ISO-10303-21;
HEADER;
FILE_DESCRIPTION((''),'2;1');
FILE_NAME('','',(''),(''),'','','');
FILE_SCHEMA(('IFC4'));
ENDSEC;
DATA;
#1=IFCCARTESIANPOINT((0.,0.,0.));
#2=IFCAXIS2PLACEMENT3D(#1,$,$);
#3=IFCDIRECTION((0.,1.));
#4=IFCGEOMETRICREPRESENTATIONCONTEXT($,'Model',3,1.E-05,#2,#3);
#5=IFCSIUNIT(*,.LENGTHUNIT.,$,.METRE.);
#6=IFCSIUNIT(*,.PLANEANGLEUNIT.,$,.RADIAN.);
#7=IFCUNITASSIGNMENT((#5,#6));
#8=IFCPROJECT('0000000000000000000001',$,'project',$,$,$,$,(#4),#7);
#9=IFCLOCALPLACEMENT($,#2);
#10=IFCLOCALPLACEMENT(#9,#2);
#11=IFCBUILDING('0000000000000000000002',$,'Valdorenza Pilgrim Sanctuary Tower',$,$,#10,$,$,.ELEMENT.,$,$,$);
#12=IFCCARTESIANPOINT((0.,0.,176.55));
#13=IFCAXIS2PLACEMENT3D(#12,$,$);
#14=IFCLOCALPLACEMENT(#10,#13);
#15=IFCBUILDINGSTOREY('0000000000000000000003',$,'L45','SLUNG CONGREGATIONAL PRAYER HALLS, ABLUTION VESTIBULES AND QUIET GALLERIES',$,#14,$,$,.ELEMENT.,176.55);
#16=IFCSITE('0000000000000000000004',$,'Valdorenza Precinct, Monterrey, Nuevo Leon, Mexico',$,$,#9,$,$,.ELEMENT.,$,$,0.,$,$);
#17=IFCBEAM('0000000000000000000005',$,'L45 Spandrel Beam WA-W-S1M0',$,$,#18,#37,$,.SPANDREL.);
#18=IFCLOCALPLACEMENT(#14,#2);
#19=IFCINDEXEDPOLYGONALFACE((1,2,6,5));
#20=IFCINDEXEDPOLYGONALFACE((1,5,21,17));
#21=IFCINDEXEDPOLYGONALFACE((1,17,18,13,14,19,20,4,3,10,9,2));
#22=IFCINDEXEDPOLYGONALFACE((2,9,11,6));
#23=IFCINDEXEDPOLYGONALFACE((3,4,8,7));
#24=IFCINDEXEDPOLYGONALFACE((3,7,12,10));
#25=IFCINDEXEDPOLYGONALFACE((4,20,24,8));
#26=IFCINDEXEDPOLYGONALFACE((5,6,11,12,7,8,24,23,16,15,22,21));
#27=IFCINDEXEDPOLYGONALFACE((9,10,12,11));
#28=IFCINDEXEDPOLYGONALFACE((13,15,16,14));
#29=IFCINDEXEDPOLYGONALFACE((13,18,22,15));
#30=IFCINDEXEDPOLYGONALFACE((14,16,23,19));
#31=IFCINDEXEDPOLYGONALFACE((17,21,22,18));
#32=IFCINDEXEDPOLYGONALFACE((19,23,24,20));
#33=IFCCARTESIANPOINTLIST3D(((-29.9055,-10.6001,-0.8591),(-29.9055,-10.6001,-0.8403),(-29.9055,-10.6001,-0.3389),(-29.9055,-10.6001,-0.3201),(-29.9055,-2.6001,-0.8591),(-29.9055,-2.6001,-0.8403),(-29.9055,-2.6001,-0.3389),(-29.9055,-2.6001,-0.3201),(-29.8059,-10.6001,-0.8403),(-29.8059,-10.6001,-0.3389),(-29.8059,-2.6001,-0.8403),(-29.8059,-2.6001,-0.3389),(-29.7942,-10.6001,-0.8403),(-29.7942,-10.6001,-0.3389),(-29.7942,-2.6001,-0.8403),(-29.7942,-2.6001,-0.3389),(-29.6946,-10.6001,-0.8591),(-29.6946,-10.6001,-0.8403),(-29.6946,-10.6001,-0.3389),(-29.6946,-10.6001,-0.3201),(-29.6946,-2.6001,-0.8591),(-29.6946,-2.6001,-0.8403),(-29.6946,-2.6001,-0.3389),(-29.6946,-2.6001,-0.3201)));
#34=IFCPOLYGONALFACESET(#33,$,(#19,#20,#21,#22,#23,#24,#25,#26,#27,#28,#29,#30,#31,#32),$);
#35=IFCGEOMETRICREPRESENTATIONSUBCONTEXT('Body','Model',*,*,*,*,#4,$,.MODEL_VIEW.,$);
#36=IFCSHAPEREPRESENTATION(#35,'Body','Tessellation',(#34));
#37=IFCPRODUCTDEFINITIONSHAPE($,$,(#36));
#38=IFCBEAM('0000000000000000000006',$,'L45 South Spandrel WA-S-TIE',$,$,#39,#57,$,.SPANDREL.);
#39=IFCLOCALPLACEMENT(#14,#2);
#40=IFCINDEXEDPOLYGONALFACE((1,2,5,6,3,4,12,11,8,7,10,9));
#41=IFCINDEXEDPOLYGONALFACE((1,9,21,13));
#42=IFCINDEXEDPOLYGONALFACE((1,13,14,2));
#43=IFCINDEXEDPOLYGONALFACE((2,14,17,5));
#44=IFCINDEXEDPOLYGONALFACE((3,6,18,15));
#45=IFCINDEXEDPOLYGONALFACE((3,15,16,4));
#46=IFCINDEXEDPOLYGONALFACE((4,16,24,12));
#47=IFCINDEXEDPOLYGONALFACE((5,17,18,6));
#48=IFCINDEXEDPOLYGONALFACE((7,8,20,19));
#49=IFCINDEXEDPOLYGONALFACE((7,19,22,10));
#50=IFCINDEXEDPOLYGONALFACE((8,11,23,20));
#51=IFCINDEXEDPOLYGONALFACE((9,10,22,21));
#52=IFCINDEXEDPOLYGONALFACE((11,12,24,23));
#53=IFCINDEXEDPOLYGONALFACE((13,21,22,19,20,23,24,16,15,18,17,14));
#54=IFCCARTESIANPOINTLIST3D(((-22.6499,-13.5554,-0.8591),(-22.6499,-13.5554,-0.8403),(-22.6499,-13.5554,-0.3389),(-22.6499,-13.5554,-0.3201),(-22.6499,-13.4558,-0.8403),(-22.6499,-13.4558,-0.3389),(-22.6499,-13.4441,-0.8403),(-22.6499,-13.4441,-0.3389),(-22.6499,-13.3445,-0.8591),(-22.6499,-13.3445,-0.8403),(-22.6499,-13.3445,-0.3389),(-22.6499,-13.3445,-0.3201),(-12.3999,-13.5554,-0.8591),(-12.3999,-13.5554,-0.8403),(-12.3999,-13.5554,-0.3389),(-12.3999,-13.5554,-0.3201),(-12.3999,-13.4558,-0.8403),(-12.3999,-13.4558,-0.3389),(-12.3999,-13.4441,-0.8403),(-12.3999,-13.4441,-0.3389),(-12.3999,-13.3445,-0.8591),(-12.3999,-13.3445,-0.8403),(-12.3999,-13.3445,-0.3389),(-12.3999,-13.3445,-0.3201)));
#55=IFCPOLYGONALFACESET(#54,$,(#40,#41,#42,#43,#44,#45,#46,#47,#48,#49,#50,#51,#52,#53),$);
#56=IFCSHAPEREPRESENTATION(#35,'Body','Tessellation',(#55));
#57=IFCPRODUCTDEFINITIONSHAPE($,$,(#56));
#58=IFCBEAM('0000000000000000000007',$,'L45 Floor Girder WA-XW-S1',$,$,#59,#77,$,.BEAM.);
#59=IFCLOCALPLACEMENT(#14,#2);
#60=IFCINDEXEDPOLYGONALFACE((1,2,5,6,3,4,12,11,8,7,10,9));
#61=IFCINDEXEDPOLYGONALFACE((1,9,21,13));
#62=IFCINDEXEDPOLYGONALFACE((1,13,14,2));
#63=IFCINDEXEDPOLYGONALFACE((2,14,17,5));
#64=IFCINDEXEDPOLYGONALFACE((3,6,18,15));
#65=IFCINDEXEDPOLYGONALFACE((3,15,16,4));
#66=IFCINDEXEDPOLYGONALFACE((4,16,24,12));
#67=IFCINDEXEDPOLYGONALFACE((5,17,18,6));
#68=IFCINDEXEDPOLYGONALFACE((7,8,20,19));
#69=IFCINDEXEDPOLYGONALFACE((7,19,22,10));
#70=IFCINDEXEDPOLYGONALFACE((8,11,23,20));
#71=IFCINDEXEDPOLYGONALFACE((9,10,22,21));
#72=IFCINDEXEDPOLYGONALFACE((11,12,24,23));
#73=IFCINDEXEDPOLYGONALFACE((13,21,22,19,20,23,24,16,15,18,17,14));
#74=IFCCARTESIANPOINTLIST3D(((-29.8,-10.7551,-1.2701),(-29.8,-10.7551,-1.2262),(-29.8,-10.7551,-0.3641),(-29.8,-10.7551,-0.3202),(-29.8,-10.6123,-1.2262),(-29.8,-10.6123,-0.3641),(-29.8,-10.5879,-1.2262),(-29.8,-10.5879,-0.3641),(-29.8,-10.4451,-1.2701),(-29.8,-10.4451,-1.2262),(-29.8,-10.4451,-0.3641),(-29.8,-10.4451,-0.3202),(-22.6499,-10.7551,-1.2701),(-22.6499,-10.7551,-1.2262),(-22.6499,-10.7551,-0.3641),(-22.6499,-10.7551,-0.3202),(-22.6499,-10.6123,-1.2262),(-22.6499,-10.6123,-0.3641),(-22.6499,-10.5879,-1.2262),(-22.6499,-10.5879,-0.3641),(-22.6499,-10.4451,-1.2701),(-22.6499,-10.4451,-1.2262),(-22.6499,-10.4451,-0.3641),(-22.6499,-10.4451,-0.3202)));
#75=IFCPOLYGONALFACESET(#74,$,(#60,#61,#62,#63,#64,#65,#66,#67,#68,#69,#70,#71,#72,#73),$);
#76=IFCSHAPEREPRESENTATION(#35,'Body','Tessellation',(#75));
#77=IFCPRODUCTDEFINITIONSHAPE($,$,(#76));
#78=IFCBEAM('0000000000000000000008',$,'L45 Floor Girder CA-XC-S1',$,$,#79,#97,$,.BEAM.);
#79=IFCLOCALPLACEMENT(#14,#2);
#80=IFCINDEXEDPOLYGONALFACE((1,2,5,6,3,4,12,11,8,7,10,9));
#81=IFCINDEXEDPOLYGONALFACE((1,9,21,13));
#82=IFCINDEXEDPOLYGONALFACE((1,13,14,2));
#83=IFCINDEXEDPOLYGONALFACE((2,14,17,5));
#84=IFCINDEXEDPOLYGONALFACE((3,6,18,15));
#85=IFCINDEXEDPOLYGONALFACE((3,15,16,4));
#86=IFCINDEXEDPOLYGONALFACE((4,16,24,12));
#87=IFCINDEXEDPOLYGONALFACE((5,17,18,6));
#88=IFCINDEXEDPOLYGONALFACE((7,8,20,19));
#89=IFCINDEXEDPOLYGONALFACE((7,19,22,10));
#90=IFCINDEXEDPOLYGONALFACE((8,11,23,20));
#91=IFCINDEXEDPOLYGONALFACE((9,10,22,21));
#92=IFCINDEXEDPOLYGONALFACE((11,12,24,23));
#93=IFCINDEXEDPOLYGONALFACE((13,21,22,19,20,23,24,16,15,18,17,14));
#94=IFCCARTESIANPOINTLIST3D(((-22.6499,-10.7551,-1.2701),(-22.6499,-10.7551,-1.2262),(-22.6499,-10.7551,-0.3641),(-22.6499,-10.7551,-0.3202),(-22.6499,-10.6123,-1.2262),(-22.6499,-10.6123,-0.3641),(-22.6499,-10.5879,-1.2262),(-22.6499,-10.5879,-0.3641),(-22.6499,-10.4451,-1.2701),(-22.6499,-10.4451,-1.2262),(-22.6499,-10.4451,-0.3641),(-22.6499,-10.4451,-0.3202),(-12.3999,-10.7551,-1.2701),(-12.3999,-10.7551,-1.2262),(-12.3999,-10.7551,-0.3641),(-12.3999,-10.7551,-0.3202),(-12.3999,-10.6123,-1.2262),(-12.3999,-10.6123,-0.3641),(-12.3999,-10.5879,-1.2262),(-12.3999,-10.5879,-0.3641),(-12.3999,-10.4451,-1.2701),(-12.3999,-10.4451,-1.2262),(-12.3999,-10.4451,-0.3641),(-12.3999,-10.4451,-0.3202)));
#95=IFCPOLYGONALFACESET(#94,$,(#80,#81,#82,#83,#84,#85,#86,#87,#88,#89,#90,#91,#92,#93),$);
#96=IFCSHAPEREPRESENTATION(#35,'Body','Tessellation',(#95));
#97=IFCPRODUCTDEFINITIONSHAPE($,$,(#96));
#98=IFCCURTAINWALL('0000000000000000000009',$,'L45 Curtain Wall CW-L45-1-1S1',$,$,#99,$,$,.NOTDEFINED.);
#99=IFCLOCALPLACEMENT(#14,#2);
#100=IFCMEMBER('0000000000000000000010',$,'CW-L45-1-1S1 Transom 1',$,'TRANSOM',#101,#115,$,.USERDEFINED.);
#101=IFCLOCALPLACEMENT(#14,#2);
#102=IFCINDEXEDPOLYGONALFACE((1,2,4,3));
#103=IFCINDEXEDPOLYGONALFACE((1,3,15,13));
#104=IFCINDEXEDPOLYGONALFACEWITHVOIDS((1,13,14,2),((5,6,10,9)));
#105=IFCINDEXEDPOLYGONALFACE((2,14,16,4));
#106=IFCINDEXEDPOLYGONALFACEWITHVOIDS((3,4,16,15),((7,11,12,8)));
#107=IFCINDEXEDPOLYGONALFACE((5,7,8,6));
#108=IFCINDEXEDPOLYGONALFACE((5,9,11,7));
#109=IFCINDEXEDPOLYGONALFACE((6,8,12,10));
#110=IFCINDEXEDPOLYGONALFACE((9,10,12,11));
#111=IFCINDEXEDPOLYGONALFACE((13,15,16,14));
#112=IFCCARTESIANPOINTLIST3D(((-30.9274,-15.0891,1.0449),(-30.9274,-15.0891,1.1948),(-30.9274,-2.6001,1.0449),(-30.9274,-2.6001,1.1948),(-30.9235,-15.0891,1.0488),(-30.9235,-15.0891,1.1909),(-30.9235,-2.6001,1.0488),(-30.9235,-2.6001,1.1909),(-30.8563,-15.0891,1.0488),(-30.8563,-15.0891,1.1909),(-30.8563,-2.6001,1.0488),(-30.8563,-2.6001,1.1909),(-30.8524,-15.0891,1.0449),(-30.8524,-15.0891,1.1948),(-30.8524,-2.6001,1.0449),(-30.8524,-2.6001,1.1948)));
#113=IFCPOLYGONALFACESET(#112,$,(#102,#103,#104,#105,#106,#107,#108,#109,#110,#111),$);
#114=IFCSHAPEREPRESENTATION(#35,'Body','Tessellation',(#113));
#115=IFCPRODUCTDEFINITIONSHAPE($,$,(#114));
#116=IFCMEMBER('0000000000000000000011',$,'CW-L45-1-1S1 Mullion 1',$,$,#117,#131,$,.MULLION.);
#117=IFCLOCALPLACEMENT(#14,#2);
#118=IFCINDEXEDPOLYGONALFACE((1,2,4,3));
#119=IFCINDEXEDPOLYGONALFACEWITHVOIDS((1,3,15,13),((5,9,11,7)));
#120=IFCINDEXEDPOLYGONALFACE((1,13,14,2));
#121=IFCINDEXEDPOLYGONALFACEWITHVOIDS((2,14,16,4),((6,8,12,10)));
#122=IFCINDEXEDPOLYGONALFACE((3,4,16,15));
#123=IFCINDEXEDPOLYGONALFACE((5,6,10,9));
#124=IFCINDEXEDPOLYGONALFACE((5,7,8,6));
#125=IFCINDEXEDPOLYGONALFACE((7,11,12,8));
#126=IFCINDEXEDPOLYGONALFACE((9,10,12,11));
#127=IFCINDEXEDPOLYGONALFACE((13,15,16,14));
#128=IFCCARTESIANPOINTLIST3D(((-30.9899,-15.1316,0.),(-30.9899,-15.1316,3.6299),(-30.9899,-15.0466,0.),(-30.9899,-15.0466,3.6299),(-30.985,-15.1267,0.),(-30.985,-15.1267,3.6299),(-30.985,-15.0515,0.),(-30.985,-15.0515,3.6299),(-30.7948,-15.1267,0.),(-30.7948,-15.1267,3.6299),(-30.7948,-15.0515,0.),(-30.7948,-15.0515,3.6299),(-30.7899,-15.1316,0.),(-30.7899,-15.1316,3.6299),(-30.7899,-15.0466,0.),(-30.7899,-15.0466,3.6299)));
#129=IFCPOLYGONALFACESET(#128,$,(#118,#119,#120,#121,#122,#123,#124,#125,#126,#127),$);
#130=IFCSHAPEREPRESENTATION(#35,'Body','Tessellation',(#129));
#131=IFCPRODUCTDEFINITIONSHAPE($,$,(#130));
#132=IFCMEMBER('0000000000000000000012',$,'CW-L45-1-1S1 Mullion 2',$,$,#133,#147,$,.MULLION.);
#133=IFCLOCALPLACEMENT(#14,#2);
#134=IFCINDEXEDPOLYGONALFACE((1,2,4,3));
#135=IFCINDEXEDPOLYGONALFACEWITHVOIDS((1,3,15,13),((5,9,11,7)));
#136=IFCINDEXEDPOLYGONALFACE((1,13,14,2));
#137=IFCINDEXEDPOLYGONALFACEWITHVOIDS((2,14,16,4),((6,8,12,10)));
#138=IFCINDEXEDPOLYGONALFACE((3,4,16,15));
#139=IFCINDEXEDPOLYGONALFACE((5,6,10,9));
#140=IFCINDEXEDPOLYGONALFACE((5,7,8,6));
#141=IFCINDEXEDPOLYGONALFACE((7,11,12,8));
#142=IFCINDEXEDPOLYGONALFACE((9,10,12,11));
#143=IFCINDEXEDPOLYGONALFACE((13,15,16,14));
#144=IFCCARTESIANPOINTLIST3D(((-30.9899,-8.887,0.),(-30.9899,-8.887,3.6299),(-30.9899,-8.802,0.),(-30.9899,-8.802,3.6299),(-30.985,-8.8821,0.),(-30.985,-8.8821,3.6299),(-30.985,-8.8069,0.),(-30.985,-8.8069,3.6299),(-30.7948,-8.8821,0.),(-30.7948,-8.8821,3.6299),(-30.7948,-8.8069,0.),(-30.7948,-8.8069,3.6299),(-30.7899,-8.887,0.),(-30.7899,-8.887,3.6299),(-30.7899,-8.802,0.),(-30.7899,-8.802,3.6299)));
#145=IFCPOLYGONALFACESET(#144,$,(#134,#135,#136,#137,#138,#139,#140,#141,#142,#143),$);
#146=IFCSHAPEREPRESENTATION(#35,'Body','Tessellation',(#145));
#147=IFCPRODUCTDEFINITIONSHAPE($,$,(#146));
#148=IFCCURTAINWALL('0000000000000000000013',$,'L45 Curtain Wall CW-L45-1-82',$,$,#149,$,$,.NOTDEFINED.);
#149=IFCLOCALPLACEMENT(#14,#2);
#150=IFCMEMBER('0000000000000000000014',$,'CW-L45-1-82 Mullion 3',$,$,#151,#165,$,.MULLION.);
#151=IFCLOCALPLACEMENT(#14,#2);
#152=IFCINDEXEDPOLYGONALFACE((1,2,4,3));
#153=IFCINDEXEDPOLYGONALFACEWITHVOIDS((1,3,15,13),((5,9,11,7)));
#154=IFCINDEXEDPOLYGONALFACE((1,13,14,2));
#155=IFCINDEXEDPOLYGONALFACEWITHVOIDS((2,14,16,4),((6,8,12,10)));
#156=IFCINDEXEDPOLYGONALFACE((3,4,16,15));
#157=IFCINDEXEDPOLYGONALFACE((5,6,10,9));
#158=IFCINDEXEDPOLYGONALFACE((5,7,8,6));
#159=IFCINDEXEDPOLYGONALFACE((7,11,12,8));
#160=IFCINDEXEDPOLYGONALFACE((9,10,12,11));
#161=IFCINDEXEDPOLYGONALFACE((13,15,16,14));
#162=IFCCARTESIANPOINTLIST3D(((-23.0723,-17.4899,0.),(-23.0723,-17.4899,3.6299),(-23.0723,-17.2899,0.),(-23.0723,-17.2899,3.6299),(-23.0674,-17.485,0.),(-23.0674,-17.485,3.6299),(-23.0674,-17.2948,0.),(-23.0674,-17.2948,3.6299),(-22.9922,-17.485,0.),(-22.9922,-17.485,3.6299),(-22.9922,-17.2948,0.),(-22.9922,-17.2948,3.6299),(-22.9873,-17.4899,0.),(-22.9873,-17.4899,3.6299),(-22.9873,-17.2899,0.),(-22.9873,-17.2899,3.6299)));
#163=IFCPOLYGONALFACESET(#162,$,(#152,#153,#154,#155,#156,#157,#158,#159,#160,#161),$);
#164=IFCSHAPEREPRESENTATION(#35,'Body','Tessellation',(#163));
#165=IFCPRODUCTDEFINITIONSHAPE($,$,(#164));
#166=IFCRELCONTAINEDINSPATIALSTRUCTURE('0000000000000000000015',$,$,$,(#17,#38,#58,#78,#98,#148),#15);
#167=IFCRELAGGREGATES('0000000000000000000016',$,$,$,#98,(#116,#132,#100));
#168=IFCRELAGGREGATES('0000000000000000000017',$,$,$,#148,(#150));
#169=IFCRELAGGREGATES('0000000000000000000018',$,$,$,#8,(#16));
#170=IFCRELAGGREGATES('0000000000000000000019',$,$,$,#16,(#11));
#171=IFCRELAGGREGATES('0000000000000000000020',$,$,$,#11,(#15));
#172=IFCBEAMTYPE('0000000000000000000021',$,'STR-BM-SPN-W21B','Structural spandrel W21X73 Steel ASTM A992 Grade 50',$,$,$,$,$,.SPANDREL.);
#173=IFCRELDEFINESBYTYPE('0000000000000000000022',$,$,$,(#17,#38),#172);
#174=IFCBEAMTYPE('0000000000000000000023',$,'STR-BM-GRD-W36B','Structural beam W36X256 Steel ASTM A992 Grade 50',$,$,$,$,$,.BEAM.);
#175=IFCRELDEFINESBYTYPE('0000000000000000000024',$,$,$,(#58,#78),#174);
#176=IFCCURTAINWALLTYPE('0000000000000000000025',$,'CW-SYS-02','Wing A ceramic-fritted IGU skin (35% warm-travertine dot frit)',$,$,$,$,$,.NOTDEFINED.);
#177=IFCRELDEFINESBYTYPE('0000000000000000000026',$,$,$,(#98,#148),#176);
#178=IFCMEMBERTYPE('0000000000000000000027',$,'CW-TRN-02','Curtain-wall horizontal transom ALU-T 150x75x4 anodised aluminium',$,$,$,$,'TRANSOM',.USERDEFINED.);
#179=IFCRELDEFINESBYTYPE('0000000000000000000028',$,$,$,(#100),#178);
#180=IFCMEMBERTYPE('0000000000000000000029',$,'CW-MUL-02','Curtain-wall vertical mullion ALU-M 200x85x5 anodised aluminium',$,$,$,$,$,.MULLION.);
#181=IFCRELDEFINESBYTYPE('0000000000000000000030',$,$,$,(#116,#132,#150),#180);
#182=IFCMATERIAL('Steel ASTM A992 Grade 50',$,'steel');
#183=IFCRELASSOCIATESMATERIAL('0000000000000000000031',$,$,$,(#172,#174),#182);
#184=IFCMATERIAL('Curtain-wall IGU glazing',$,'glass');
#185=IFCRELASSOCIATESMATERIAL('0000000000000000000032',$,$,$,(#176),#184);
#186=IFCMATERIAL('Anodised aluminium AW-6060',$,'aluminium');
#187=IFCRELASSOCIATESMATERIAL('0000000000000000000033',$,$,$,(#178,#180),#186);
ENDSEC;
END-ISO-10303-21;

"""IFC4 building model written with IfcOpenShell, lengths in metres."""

from ifc_helpers import new_model, si_unit, direction, frame, origin, origin_2d, place, context, subcontext, project, spatial, hollow_rectangle, i_section, extrude, source, transform, mapped, material, material_profile, profile_set, type_object, element, aggregate, save


model = new_model("IFC4")

# Units and contexts
model_context = context("Model", 3, precision=1e-05, world=origin(), true_north=direction((0.0, 1.0)))
body_context = subcontext(model_context, "Body", "Model", "MODEL_VIEW")
ifc_project = project(units=[si_unit("LENGTHUNIT", "METRE"), si_unit("PLANEANGLEUNIT", "RADIAN")], contexts=[model_context])

# Site, building, storey
site_placement = place(None, origin())
site = spatial("IfcSite", under=ifc_project, at=site_placement, Name="Valdorenza Precinct, Monterrey, Nuevo Leon, Mexico", CompositionType="ELEMENT", RefElevation=0.0)
building_placement = place(site_placement, origin())
building = spatial("IfcBuilding", under=site, at=building_placement, Name="Valdorenza Pilgrim Sanctuary Tower", CompositionType="ELEMENT")
storey_placement = place(building_placement, frame((0.0, 0.0, 176.55)))
storey = spatial("IfcBuildingStorey", under=building, at=storey_placement, Name="L45", Description="SLUNG CONGREGATIONAL PRAYER HALLS, ABLUTION VESTIBULES AND QUIET GALLERIES", CompositionType="ELEMENT", Elevation=176.55)

# Shared definitions
ifc_material_1 = material(Name="Steel ASTM A992 Grade 50", Category="steel")

# Beams
ifc_material_profile_1 = material_profile(ifc_material_1, i_section(OverallWidth=0.2109, OverallDepth=0.5391, WebThickness=0.0117, FlangeThickness=0.0188, at=origin_2d()), Name="W21X73")
ifc_profile_set_1 = profile_set([ifc_material_profile_1], Name="Steel ASTM A992 Grade 50")
beam_type_1 = type_object("IfcBeamType", Name="STR-BM-SPN-W21B", Description="Structural spandrel W21X73 Steel ASTM A992 Grade 50", PredefinedType="SPANDREL", material=ifc_profile_set_1)
shared_shape_1 = source(origin(), body_context, "Body", "SweptSolid", [
    extrude(i_section(OverallWidth=0.2109, OverallDepth=0.5391, WebThickness=0.0117, FlangeThickness=0.0188, at=origin_2d()), origin(), (0.0, 0.0, 1.0), 8.0),
])
beam_1_placement = place(storey_placement, frame((-29.8, -10.6001, -0.5896), z_axis=(0.0, 1.0, 0.0), x_axis=(-1.0, 0.0, 0.0)))
element("IfcBeam", 1, at=beam_1_placement, inside=storey, type_object=beam_type_1, Name="L45 Spandrel Beam WA-W-S1M0", PredefinedType="SPANDREL", context=body_context, shape_type="MappedRepresentation", body=[
    mapped(shared_shape_1, transform((0.0, 0.0, 0.0), x_axis=(1.0, 0.0, 0.0), y_axis=(0.0, 1.0, 0.0), z_axis=(0.0, 0.0, 1.0), scale=1.0)),
])
shared_shape_2 = source(origin(), body_context, "Body", "SweptSolid", [
    extrude(i_section(OverallWidth=0.2109, OverallDepth=0.5391, WebThickness=0.0117, FlangeThickness=0.0188, at=origin_2d()), origin(), (0.0, 0.0, 1.0), 10.25),
])
beam_2_placement = place(storey_placement, frame((-22.6499, -13.45, -0.5896), z_axis=(1.0, 0.0, 0.0), x_axis=(0.0, 1.0, 0.0)))
element("IfcBeam", 2, at=beam_2_placement, inside=storey, type_object=beam_type_1, Name="L45 South Spandrel WA-S-TIE", PredefinedType="SPANDREL", context=body_context, shape_type="MappedRepresentation", body=[
    mapped(shared_shape_2, transform((0.0, 0.0, 0.0), x_axis=(1.0, 0.0, 0.0), y_axis=(0.0, 1.0, 0.0), z_axis=(0.0, 0.0, 1.0), scale=1.0)),
])
ifc_material_profile_2 = material_profile(ifc_material_1, i_section(OverallWidth=0.3101, OverallDepth=0.95, WebThickness=0.0244, FlangeThickness=0.0439, at=origin_2d()), Name="W36X256")
ifc_profile_set_2 = profile_set([ifc_material_profile_2], Name="Steel ASTM A992 Grade 50")
beam_type_2 = type_object("IfcBeamType", Name="STR-BM-GRD-W36B", Description="Structural beam W36X256 Steel ASTM A992 Grade 50", PredefinedType="BEAM", material=ifc_profile_set_2)
shared_shape_3 = source(origin(), body_context, "Body", "SweptSolid", [
    extrude(i_section(OverallWidth=0.3101, OverallDepth=0.95, WebThickness=0.0244, FlangeThickness=0.0439, at=origin_2d()), origin(), (0.0, 0.0, 1.0), 7.1501),
])
beam_3_placement = place(storey_placement, frame((-29.8, -10.6001, -0.7952), z_axis=(1.0, 0.0, 0.0), x_axis=(0.0, 1.0, 0.0)))
element("IfcBeam", 3, at=beam_3_placement, inside=storey, type_object=beam_type_2, Name="L45 Floor Girder WA-XW-S1", PredefinedType="BEAM", context=body_context, shape_type="MappedRepresentation", body=[
    mapped(shared_shape_3, transform((0.0, 0.0, 0.0), x_axis=(1.0, 0.0, 0.0), y_axis=(0.0, 1.0, 0.0), z_axis=(0.0, 0.0, 1.0), scale=1.0)),
])
shared_shape_4 = source(origin(), body_context, "Body", "SweptSolid", [
    extrude(i_section(OverallWidth=0.3101, OverallDepth=0.95, WebThickness=0.0244, FlangeThickness=0.0439, at=origin_2d()), origin(), (0.0, 0.0, 1.0), 10.25),
])
beam_4_placement = place(storey_placement, frame((-22.6499, -10.6001, -0.7952), z_axis=(1.0, 0.0, 0.0), x_axis=(0.0, 1.0, 0.0)))
element("IfcBeam", 4, at=beam_4_placement, inside=storey, type_object=beam_type_2, Name="L45 Floor Girder CA-XC-S1", PredefinedType="BEAM", context=body_context, shape_type="MappedRepresentation", body=[
    mapped(shared_shape_4, transform((0.0, 0.0, 0.0), x_axis=(1.0, 0.0, 0.0), y_axis=(0.0, 1.0, 0.0), z_axis=(0.0, 0.0, 1.0), scale=1.0)),
])

# Curtain walls, members
ifc_material_2 = material(Name="Curtain-wall IGU glazing", Category="glass")
curtain_wall_type = type_object("IfcCurtainWallType", Name="CW-SYS-02", Description="Wing A ceramic-fritted IGU skin (35% warm-travertine dot frit)", PredefinedType="NOTDEFINED", material=ifc_material_2)
curtain_wall_1_placement = place(storey_placement, origin())
curtain_wall_1 = element("IfcCurtainWall", 5, at=curtain_wall_1_placement, inside=storey, type_object=curtain_wall_type, Name="L45 Curtain Wall CW-L45-1-1S1", PredefinedType="NOTDEFINED")
ifc_material_3 = material(Name="Anodised aluminium AW-6060", Category="aluminium")
ifc_material_profile_3 = material_profile(ifc_material_3, hollow_rectangle(XDim=0.075, YDim=0.1499, WallThickness=0.0039, at=origin_2d()), Name="ALU-T 150x75x4")
ifc_profile_set_3 = profile_set([ifc_material_profile_3], Name="Anodised aluminium AW-6060")
member_type_1 = type_object("IfcMemberType", Name="CW-TRN-02", Description="Curtain-wall horizontal transom ALU-T 150x75x4 anodised aluminium", ElementType="TRANSOM", PredefinedType="USERDEFINED", material=ifc_profile_set_3)
shared_shape_5 = source(origin(), body_context, "Body", "SweptSolid", [
    extrude(hollow_rectangle(XDim=0.075, YDim=0.1499, WallThickness=0.0039, at=origin_2d()), origin(), (0.0, 0.0, 1.0), 12.489),
])
member_1_placement = place(storey_placement, frame((-30.8899, -15.0891, 1.1199), z_axis=(0.0, 1.0, 0.0), x_axis=(-1.0, 0.0, 0.0)))
member_1 = element("IfcMember", 6, at=member_1_placement, type_object=member_type_1, Name="CW-L45-1-1S1 Transom 1", ObjectType="TRANSOM", PredefinedType="USERDEFINED", context=body_context, shape_type="MappedRepresentation", body=[
    mapped(shared_shape_5, transform((0.0, 0.0, 0.0), x_axis=(1.0, 0.0, 0.0), y_axis=(0.0, 1.0, 0.0), z_axis=(0.0, 0.0, 1.0), scale=1.0)),
])
ifc_material_profile_4 = material_profile(ifc_material_3, hollow_rectangle(XDim=0.085, YDim=0.2, WallThickness=0.0049, at=origin_2d()), Name="ALU-M 200x85x5")
ifc_profile_set_4 = profile_set([ifc_material_profile_4], Name="Anodised aluminium AW-6060")
member_type_2 = type_object("IfcMemberType", Name="CW-MUL-02", Description="Curtain-wall vertical mullion ALU-M 200x85x5 anodised aluminium", PredefinedType="MULLION", material=ifc_profile_set_4)
shared_shape_6 = source(origin(), body_context, "Body", "SweptSolid", [
    extrude(hollow_rectangle(XDim=0.085, YDim=0.2, WallThickness=0.0049, at=origin_2d()), origin(), (0.0, 0.0, 1.0), 3.6299),
])
member_2_placement = place(storey_placement, frame((-30.8899, -15.0891, 0.0), z_axis=(0.0, 0.0, 1.0), x_axis=(0.0, 1.0, 0.0)))
member_2 = element("IfcMember", 7, at=member_2_placement, type_object=member_type_2, Name="CW-L45-1-1S1 Mullion 1", PredefinedType="MULLION", context=body_context, shape_type="MappedRepresentation", body=[
    mapped(shared_shape_6, transform((0.0, 0.0, 0.0), x_axis=(1.0, 0.0, 0.0), y_axis=(0.0, 1.0, 0.0), z_axis=(0.0, 0.0, 1.0), scale=1.0)),
])
member_3_placement = place(storey_placement, frame((-30.8899, -8.8445, 0.0), z_axis=(0.0, 0.0, 1.0), x_axis=(0.0, 1.0, 0.0)))
member_3 = element("IfcMember", 8, at=member_3_placement, type_object=member_type_2, Name="CW-L45-1-1S1 Mullion 2", PredefinedType="MULLION", context=body_context, shape_type="MappedRepresentation", body=[
    mapped(shared_shape_6, transform((0.0, 0.0, 0.0), x_axis=(1.0, 0.0, 0.0), y_axis=(0.0, 1.0, 0.0), z_axis=(0.0, 0.0, 1.0), scale=1.0)),
])
curtain_wall_2_placement = place(storey_placement, origin())
curtain_wall_2 = element("IfcCurtainWall", 9, at=curtain_wall_2_placement, inside=storey, type_object=curtain_wall_type, Name="L45 Curtain Wall CW-L45-1-82", PredefinedType="NOTDEFINED")
member_4_placement = place(storey_placement, frame((-23.0298, -17.3899, 0.0), z_axis=(0.0, 0.0, 1.0), x_axis=(-1.0, 0.0, 0.0)))
member_4 = element("IfcMember", 10, at=member_4_placement, type_object=member_type_2, Name="CW-L45-1-82 Mullion 3", PredefinedType="MULLION", context=body_context, shape_type="MappedRepresentation", body=[
    mapped(shared_shape_6, transform((0.0, 0.0, 0.0), x_axis=(1.0, 0.0, 0.0), y_axis=(0.0, 1.0, 0.0), z_axis=(0.0, 0.0, 1.0), scale=1.0)),
])

aggregate(curtain_wall_1, [member_2, member_3, member_1])
aggregate(curtain_wall_2, [member_4])

save(model, "model.ifc")
